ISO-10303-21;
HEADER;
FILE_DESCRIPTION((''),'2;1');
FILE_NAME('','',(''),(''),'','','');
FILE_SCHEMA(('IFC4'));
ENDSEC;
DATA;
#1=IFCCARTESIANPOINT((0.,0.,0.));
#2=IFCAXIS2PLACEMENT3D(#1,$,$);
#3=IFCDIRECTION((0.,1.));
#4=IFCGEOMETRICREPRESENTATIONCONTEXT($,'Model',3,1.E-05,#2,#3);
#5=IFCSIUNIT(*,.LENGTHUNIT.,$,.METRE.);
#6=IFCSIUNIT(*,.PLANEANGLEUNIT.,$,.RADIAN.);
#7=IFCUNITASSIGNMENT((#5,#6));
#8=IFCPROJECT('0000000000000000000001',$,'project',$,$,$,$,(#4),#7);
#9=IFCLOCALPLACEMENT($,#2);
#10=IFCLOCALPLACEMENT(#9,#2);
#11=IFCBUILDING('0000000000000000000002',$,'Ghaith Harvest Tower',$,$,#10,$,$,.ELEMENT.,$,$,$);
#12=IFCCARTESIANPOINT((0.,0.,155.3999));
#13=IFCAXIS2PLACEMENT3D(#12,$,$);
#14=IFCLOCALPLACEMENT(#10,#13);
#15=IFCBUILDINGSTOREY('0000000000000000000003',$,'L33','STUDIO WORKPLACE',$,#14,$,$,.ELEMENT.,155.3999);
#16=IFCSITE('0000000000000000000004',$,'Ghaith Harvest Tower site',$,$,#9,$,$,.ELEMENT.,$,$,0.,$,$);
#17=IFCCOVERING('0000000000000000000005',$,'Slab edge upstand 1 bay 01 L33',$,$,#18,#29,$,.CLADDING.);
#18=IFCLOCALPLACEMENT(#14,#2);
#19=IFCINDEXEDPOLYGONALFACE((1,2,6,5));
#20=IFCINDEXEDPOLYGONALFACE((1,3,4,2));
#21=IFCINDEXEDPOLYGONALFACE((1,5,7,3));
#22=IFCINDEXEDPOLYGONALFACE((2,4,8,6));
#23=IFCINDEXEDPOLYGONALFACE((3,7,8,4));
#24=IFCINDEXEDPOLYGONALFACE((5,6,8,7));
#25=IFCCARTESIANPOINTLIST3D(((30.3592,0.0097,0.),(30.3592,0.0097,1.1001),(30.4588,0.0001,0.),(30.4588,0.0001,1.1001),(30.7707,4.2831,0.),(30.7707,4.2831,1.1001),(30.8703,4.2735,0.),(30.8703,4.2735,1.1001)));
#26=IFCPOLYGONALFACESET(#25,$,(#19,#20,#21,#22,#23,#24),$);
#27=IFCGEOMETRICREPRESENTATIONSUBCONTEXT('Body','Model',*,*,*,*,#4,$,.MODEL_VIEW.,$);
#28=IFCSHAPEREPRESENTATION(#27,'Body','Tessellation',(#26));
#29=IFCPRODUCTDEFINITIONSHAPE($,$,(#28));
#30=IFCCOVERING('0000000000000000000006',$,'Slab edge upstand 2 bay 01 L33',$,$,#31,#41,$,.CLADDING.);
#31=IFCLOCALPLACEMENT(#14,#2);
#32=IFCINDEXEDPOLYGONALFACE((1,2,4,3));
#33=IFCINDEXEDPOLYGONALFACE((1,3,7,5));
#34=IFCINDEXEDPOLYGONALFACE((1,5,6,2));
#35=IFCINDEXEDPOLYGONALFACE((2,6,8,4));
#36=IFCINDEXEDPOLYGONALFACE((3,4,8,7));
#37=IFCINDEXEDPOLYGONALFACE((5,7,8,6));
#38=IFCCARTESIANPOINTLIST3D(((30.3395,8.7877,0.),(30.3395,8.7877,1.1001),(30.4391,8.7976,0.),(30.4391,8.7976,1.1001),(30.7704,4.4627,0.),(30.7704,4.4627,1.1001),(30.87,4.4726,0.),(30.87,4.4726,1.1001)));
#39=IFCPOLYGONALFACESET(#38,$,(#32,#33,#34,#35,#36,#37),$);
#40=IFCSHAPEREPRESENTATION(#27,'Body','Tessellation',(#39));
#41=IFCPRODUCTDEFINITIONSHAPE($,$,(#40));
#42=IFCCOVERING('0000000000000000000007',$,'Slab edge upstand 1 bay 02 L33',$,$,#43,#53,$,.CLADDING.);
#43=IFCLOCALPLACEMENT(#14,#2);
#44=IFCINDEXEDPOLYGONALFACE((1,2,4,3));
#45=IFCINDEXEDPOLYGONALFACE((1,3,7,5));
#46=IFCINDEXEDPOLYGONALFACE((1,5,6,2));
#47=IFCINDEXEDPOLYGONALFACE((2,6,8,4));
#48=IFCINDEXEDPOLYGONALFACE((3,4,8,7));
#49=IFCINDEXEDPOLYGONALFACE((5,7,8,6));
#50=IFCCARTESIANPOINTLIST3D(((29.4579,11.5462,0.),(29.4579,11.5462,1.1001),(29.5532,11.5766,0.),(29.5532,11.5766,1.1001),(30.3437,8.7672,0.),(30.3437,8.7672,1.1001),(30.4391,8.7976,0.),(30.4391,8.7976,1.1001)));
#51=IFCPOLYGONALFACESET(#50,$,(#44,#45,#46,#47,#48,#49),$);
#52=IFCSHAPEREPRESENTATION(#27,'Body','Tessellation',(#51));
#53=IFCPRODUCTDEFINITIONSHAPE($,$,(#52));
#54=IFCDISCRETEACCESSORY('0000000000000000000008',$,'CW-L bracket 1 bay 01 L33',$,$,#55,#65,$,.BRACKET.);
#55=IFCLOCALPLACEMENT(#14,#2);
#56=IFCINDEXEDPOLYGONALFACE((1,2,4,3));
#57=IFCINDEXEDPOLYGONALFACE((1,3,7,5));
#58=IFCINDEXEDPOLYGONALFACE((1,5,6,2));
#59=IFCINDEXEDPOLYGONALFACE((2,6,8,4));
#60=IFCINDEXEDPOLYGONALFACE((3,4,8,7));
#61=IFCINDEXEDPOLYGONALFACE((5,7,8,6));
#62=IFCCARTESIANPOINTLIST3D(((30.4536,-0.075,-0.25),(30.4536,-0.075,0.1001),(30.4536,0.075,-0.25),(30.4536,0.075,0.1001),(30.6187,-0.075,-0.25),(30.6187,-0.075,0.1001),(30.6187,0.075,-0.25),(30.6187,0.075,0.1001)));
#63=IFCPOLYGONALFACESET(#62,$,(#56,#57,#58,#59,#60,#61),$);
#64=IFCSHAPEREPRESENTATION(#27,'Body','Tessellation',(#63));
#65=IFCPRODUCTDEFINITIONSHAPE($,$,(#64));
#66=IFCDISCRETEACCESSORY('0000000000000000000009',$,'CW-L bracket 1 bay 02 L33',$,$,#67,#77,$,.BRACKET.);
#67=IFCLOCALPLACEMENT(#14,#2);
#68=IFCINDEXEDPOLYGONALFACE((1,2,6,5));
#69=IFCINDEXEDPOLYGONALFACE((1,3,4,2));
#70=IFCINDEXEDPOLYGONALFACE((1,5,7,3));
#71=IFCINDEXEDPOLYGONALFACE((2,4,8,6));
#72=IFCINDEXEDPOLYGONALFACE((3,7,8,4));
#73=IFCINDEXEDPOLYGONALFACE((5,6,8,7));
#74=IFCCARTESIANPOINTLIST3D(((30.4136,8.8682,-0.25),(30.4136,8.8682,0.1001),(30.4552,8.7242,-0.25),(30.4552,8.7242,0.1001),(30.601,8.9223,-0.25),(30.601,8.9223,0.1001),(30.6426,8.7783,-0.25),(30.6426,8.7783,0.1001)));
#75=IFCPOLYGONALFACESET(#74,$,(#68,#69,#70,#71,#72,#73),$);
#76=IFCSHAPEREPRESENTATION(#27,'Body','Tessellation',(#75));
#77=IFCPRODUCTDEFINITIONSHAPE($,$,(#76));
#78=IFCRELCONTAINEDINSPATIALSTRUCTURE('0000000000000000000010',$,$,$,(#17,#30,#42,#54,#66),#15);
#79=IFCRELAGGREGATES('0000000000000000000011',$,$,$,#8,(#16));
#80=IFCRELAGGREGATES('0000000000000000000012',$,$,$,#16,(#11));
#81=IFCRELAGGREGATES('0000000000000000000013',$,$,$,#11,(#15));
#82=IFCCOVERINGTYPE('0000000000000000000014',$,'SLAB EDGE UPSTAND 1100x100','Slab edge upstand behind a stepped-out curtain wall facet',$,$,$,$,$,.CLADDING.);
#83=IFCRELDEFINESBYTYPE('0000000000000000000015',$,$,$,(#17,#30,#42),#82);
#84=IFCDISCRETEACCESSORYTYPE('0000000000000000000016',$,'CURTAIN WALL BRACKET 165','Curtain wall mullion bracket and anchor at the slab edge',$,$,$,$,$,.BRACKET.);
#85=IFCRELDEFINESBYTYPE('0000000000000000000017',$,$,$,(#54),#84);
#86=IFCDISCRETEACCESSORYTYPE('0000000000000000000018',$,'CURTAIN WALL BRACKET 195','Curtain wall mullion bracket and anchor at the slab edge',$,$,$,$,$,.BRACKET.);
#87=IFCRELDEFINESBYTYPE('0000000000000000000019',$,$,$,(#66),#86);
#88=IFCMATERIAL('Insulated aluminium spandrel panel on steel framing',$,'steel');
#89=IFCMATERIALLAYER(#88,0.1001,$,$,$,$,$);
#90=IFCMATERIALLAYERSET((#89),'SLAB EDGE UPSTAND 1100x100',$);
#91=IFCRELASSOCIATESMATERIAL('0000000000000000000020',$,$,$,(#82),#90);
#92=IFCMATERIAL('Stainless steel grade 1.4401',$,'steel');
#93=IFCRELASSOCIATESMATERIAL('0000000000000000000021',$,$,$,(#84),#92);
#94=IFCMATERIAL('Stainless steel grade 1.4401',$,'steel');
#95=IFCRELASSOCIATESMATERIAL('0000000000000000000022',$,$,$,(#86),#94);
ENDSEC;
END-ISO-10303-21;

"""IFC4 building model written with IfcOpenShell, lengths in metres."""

from ifc_helpers import new_model, si_unit, direction, frame, origin, origin_2d, place, context, subcontext, project, spatial, rectangle, extrude, material, layer, layer_set, type_object, element, save


model = new_model("IFC4")

# Units and contexts
model_context = context("Model", 3, precision=1e-05, world=origin(), true_north=direction((0.0, 1.0)))
body_context = subcontext(model_context, "Body", "Model", "MODEL_VIEW")
ifc_project = project(units=[si_unit("LENGTHUNIT", "METRE"), si_unit("PLANEANGLEUNIT", "RADIAN")], contexts=[model_context])

# Site, building, storey
site_placement = place(None, origin())
site = spatial("IfcSite", under=ifc_project, at=site_placement, Name="Ghaith Harvest Tower site", CompositionType="ELEMENT", RefElevation=0.0)
building_placement = place(site_placement, origin())
building = spatial("IfcBuilding", under=site, at=building_placement, Name="Ghaith Harvest Tower", CompositionType="ELEMENT")
storey_placement = place(building_placement, frame((0.0, 0.0, 155.3999)))
storey = spatial("IfcBuildingStorey", under=building, at=storey_placement, Name="L33", Description="STUDIO WORKPLACE", CompositionType="ELEMENT", Elevation=155.3999)

# Coverings
ifc_material_1 = material(Name="Insulated aluminium spandrel panel on steel framing", Category="steel")
ifc_layer_1 = layer(ifc_material_1, 0.1001)
ifc_layer_set_1 = layer_set([ifc_layer_1], Name="SLAB EDGE UPSTAND 1100x100")
covering_type = type_object("IfcCoveringType", Name="SLAB EDGE UPSTAND 1100x100", Description="Slab edge upstand behind a stepped-out curtain wall facet", PredefinedType="CLADDING", material=ifc_layer_set_1)
covering_1_placement = place(storey_placement, frame((30.6147, 2.1416, 0.0), z_axis=(0.0, 0.0, 1.0), x_axis=(0.095861, 0.995395, 0.0)))
element("IfcCovering", 1, at=covering_1_placement, inside=storey, type_object=covering_type, Name="Slab edge upstand 1 bay 01 L33", PredefinedType="CLADDING", context=body_context, shape_type="SweptSolid", body=[
    extrude(rectangle(XDim=4.2932, YDim=0.1001, at=origin_2d()), origin(), (0.0, 0.0, 1.0), 1.1001),
])
covering_2_placement = place(storey_placement, frame((30.6047, 6.6301, 0.0), z_axis=(0.0, 0.0, 1.0), x_axis=(-0.099132, 0.995074, 0.0)))
element("IfcCovering", 2, at=covering_2_placement, inside=storey, type_object=covering_type, Name="Slab edge upstand 2 bay 01 L33", PredefinedType="CLADDING", context=body_context, shape_type="SweptSolid", body=[
    extrude(rectangle(XDim=4.3464, YDim=0.1001, at=origin_2d()), origin(), (0.0, 0.0, 1.0), 1.1001),
])
covering_3_placement = place(storey_placement, frame((29.9485, 10.1719, 0.0), z_axis=(0.0, 0.0, 1.0), x_axis=(-0.303717, 0.952762, 0.0)))
element("IfcCovering", 3, at=covering_3_placement, inside=storey, type_object=covering_type, Name="Slab edge upstand 1 bay 02 L33", PredefinedType="CLADDING", context=body_context, shape_type="SweptSolid", body=[
    extrude(rectangle(XDim=2.9167, YDim=0.1001, at=origin_2d()), origin(), (0.0, 0.0, 1.0), 1.1001),
])

# Discrete accessories
ifc_material_2 = material(Name="Stainless steel grade 1.4401", Category="steel")
discrete_accessory_type_1 = type_object("IfcDiscreteAccessoryType", Name="CURTAIN WALL BRACKET 165", Description="Curtain wall mullion bracket and anchor at the slab edge", PredefinedType="BRACKET", material=ifc_material_2)
discrete_accessory_1_placement = place(storey_placement, frame((30.5361, 0.0, -0.25), z_axis=(0.0, 0.0, 1.0), x_axis=(1.0, 0.0, 0.0)))
element("IfcDiscreteAccessory", 4, at=discrete_accessory_1_placement, inside=storey, type_object=discrete_accessory_type_1, Name="CW-L bracket 1 bay 01 L33", PredefinedType="BRACKET", context=body_context, shape_type="SweptSolid", body=[
    extrude(rectangle(XDim=0.165, YDim=0.1499, at=origin_2d()), origin(), (0.0, 0.0, 1.0), 0.3501),
])
ifc_material_3 = material(Name="Stainless steel grade 1.4401", Category="steel")
discrete_accessory_type_2 = type_object("IfcDiscreteAccessoryType", Name="CURTAIN WALL BRACKET 195", Description="Curtain wall mullion bracket and anchor at the slab edge", PredefinedType="BRACKET", material=ifc_material_3)
discrete_accessory_2_placement = place(storey_placement, frame((30.5281, 8.8232, -0.25), z_axis=(0.0, 0.0, 1.0), x_axis=(0.96068, 0.277657, 0.0)))
element("IfcDiscreteAccessory", 5, at=discrete_accessory_2_placement, inside=storey, type_object=discrete_accessory_type_2, Name="CW-L bracket 1 bay 02 L33", PredefinedType="BRACKET", context=body_context, shape_type="SweptSolid", body=[
    extrude(rectangle(XDim=0.1951, YDim=0.1499, at=origin_2d()), origin(), (0.0, 0.0, 1.0), 0.3501),
])

save(model, "model.ifc")
